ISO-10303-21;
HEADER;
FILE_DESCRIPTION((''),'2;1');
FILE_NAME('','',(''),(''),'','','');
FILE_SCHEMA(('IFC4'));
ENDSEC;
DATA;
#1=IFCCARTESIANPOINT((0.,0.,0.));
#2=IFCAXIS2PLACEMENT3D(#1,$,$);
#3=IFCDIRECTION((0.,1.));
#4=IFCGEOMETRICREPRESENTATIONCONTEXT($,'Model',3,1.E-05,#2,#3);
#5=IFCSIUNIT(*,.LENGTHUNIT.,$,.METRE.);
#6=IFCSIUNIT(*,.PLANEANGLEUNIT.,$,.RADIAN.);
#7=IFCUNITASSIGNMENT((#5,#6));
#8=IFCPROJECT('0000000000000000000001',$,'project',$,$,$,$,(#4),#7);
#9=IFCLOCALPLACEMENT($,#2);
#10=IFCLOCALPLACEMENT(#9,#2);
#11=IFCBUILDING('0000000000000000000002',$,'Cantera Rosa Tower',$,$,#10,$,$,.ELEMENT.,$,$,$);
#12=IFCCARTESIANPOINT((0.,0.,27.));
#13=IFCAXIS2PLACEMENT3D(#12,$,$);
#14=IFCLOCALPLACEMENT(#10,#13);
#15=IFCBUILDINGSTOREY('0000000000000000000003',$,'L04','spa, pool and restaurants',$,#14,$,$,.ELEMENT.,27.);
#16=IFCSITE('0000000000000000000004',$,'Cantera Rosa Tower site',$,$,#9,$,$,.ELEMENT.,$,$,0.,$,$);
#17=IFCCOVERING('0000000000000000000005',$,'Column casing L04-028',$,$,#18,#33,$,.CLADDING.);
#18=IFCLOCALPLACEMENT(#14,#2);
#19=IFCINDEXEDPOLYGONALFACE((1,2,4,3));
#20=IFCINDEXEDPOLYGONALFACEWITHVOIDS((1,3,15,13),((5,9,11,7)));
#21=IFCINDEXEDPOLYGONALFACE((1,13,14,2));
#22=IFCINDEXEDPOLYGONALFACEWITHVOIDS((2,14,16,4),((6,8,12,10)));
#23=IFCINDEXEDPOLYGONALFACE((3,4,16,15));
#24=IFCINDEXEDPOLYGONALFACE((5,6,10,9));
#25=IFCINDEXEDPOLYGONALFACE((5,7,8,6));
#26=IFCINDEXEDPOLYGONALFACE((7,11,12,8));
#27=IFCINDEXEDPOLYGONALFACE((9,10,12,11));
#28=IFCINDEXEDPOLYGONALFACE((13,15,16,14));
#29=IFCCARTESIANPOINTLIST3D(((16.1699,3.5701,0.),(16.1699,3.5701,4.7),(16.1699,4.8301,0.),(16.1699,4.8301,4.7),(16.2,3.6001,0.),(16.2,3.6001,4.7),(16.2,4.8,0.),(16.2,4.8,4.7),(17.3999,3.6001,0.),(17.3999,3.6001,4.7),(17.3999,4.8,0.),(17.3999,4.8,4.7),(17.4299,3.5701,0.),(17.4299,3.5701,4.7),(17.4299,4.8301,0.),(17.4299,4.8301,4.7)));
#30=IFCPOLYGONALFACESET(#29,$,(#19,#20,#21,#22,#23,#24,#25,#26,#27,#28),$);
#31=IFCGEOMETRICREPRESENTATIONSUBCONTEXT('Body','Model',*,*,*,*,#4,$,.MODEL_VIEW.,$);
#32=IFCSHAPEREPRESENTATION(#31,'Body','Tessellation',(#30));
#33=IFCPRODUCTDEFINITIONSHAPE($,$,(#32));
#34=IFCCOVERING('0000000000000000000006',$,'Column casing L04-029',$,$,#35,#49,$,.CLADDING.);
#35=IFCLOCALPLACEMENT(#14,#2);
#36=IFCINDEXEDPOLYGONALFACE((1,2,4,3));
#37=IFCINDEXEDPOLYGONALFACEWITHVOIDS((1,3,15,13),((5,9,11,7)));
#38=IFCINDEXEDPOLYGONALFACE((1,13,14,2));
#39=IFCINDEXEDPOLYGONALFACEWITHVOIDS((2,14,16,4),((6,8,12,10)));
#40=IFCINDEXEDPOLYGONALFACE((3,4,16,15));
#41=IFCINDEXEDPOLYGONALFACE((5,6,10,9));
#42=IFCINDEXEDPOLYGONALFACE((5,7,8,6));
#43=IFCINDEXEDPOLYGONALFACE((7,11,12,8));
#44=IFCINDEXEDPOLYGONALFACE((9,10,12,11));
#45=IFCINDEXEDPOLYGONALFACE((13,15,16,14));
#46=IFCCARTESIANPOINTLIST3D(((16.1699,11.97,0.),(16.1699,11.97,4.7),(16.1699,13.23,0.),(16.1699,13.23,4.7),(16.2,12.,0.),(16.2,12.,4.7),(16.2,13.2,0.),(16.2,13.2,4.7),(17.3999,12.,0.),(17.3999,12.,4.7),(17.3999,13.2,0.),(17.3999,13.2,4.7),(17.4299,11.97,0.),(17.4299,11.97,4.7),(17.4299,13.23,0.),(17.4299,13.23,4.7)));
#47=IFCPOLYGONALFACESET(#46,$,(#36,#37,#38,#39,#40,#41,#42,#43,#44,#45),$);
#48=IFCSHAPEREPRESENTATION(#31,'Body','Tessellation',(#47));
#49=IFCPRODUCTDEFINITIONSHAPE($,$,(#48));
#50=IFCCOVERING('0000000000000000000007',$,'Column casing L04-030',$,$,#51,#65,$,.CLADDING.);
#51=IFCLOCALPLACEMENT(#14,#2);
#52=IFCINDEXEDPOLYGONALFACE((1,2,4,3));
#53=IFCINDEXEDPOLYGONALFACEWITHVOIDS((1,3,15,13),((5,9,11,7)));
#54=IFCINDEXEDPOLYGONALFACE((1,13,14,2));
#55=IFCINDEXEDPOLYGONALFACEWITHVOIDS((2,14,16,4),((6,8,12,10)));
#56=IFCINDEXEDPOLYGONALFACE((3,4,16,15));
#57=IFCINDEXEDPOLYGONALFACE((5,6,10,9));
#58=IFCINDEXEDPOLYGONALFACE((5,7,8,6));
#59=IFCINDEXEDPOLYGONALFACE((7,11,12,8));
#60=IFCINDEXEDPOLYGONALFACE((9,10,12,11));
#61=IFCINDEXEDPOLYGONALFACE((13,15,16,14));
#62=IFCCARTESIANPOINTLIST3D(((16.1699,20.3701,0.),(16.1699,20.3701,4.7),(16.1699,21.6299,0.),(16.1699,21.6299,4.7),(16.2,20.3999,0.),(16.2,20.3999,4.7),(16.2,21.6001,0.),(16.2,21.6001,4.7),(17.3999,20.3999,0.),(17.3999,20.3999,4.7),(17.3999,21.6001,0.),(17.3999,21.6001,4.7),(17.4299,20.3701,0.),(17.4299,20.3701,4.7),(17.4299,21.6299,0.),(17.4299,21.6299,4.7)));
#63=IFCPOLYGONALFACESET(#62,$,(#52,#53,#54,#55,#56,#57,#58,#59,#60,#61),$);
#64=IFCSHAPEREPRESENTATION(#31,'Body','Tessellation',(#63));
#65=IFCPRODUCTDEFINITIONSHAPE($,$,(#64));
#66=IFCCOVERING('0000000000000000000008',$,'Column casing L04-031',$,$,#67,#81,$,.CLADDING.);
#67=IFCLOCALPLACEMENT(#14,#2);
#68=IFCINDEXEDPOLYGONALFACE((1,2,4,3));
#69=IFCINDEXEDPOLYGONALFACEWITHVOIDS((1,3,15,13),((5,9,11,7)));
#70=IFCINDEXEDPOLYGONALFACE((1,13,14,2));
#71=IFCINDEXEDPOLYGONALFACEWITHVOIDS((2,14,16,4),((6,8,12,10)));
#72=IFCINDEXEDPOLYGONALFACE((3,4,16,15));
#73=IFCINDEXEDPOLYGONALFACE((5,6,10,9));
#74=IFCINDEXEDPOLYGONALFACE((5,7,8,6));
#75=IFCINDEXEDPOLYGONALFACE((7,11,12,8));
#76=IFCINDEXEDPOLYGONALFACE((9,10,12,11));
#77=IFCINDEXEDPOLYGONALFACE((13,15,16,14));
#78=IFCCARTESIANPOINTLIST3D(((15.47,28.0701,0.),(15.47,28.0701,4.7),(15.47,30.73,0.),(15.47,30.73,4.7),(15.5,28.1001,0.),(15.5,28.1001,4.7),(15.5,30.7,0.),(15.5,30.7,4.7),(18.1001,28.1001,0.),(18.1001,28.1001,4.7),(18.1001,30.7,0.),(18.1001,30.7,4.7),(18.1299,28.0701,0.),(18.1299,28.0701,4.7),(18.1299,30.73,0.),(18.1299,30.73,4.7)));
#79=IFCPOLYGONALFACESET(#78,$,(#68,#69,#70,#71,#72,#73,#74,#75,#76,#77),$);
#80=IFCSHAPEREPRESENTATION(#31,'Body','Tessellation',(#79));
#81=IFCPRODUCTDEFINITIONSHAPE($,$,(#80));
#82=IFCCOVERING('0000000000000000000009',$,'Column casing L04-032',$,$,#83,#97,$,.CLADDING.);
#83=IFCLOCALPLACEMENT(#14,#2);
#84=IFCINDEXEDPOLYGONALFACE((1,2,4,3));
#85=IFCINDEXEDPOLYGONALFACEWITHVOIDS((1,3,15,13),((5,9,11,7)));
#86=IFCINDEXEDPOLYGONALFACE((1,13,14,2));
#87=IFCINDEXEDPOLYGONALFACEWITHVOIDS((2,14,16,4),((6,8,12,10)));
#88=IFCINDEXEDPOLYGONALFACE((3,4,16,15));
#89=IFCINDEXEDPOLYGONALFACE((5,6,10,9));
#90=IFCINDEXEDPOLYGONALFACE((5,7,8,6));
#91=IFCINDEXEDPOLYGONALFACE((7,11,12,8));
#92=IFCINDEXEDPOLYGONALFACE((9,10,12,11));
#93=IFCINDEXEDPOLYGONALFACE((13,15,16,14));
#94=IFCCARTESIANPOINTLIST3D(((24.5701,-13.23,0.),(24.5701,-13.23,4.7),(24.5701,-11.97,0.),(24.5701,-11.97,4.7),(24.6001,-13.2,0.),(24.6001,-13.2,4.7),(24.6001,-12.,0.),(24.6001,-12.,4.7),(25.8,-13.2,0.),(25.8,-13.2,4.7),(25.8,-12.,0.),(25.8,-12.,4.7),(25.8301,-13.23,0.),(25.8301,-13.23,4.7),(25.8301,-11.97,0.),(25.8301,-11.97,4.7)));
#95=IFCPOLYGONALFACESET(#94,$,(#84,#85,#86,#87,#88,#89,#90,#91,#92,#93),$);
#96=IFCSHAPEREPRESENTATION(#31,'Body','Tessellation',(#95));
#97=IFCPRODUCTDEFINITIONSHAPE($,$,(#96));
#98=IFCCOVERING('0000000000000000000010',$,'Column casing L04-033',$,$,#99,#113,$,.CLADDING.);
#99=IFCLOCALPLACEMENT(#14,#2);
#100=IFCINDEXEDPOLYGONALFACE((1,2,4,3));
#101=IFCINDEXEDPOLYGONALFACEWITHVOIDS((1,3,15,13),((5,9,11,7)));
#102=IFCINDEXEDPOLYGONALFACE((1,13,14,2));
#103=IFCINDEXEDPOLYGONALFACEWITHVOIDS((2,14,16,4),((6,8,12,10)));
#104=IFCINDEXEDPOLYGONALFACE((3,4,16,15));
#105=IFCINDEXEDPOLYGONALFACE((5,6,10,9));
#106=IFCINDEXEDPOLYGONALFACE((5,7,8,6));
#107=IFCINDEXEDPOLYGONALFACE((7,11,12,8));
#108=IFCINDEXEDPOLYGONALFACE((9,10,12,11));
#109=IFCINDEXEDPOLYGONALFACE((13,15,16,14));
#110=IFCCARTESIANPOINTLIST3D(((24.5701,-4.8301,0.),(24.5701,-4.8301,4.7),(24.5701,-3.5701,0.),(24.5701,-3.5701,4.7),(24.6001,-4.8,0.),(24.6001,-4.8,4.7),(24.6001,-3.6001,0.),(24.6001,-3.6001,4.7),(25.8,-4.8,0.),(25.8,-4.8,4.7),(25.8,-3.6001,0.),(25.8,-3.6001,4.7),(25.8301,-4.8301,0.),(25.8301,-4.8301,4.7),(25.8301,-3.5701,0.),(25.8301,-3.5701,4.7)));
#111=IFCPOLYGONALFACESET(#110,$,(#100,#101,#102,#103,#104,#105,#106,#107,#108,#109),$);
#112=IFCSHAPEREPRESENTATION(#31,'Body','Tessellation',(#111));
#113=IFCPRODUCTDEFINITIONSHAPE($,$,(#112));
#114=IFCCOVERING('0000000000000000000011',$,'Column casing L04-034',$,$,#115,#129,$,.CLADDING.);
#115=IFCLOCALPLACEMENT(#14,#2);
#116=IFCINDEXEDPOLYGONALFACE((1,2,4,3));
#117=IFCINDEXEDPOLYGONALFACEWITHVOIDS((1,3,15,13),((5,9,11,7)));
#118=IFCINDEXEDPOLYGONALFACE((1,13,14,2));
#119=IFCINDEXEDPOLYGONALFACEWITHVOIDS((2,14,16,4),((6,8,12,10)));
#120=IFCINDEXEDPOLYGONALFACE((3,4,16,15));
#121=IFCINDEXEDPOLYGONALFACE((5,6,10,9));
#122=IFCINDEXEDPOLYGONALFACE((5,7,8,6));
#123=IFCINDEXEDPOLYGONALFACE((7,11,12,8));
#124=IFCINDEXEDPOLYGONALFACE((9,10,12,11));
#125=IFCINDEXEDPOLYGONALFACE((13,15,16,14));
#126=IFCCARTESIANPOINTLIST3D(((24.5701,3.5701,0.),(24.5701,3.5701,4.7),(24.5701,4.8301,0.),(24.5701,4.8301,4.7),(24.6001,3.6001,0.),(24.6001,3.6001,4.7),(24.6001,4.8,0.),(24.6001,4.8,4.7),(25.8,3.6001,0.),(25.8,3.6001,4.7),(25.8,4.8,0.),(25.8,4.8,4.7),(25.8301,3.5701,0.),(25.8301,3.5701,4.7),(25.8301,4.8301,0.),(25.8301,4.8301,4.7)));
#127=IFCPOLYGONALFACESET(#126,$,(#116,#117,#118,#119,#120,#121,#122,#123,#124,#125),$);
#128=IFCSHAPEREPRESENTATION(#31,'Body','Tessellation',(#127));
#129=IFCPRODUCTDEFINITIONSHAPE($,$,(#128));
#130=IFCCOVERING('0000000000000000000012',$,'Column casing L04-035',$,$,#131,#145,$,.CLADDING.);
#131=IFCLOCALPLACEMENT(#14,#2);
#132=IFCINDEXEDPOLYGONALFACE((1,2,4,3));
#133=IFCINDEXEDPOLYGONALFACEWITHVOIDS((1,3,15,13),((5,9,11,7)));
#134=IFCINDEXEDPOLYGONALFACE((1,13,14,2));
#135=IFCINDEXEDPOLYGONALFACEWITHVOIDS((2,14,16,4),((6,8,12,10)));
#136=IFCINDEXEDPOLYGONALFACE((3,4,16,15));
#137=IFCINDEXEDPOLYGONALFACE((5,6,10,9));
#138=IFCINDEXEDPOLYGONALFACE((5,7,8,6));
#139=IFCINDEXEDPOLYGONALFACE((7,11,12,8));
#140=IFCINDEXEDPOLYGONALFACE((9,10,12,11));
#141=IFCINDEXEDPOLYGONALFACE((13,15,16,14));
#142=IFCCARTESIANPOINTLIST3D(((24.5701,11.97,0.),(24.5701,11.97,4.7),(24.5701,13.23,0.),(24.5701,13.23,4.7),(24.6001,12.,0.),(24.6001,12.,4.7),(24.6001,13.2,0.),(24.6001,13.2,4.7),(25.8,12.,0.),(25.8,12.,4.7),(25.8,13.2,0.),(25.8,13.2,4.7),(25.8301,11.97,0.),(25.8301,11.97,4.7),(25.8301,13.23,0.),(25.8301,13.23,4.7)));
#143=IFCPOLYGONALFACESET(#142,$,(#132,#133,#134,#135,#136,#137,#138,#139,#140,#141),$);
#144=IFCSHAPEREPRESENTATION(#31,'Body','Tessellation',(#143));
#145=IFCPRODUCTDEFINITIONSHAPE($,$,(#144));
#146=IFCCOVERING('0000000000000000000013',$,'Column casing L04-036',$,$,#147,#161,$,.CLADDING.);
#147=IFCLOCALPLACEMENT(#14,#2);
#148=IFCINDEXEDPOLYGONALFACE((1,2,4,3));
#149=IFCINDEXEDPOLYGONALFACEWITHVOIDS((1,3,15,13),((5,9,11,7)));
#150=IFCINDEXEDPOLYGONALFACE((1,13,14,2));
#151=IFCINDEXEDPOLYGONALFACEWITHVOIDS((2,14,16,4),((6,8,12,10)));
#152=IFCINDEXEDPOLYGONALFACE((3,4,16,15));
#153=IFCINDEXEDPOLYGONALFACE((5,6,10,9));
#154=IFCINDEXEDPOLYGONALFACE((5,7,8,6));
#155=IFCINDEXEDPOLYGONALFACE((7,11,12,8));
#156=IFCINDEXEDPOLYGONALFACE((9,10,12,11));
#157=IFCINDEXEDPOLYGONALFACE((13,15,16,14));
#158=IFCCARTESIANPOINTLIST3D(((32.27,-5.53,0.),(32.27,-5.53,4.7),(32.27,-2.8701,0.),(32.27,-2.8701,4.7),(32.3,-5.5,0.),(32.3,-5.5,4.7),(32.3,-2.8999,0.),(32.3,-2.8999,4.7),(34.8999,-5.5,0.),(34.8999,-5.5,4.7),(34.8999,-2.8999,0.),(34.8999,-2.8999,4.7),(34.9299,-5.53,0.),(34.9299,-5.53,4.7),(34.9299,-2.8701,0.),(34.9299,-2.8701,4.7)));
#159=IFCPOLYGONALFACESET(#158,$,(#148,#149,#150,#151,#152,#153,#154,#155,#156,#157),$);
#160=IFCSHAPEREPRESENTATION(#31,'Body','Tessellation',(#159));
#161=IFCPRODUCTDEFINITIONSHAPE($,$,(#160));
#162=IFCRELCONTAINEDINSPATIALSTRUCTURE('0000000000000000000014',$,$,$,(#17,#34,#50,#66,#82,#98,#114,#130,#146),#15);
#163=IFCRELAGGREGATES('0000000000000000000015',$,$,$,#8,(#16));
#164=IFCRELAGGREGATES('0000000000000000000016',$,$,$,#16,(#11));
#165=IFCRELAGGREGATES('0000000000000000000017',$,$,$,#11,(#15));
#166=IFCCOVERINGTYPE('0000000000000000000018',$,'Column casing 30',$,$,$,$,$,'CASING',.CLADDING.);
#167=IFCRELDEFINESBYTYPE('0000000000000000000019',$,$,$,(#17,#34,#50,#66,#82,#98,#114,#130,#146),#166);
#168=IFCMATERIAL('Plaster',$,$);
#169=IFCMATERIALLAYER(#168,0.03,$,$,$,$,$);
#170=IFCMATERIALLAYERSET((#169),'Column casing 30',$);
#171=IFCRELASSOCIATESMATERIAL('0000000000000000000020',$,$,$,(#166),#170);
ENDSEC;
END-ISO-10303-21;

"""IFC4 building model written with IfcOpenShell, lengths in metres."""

from ifc_helpers import new_model, si_unit, direction, frame, origin, place, context, subcontext, project, spatial, polyline, outline, extrude, material, layer, layer_set, type_object, element, save


model = new_model("IFC4")

# Units and contexts
model_context = context("Model", 3, precision=1e-05, world=origin(), true_north=direction((0.0, 1.0)))
body_context = subcontext(model_context, "Body", "Model", "MODEL_VIEW")
ifc_project = project(units=[si_unit("LENGTHUNIT", "METRE"), si_unit("PLANEANGLEUNIT", "RADIAN")], contexts=[model_context])

# Site, building, storey
site_placement = place(None, origin())
site = spatial("IfcSite", under=ifc_project, at=site_placement, Name="Cantera Rosa Tower site", CompositionType="ELEMENT", RefElevation=0.0)
building_placement = place(site_placement, origin())
building = spatial("IfcBuilding", under=site, at=building_placement, Name="Cantera Rosa Tower", CompositionType="ELEMENT")
storey_placement = place(building_placement, frame((0.0, 0.0, 27.0)))
storey = spatial("IfcBuildingStorey", under=building, at=storey_placement, Name="L04", Description="spa, pool and restaurants", CompositionType="ELEMENT", Elevation=27.0)

# Coverings
ifc_material_1 = material(Name="Plaster")
ifc_layer_1 = layer(ifc_material_1, 0.03)
ifc_layer_set_1 = layer_set([ifc_layer_1], Name="Column casing 30")
covering_type = type_object("IfcCoveringType", Name="Column casing 30", ElementType="CASING", PredefinedType="CLADDING", material=ifc_layer_set_1)
covering_1_placement = place(storey_placement, origin())
element("IfcCovering", 1, at=covering_1_placement, inside=storey, type_object=covering_type, Name="Column casing L04-028", PredefinedType="CLADDING", context=body_context, shape_type="SweptSolid", body=[
    extrude(outline(polyline([(16.1699, 3.5701), (17.4299, 3.5701), (17.4299, 4.8301), (16.1699, 4.8301), (16.1699, 3.5701)]), holes=[polyline([(17.3999, 4.8), (16.2, 4.8), (16.2, 3.6001), (17.3999, 3.6001), (17.3999, 4.8)])]), origin(), (0.0, 0.0, 1.0), 4.7),
])
covering_2_placement = place(storey_placement, origin())
element("IfcCovering", 2, at=covering_2_placement, inside=storey, type_object=covering_type, Name="Column casing L04-029", PredefinedType="CLADDING", context=body_context, shape_type="SweptSolid", body=[
    extrude(outline(polyline([(16.1699, 11.97), (17.4299, 11.97), (17.4299, 13.23), (16.1699, 13.23), (16.1699, 11.97)]), holes=[polyline([(17.3999, 13.2), (16.2, 13.2), (16.2, 12.0), (17.3999, 12.0), (17.3999, 13.2)])]), origin(), (0.0, 0.0, 1.0), 4.7),
])
covering_3_placement = place(storey_placement, origin())
element("IfcCovering", 3, at=covering_3_placement, inside=storey, type_object=covering_type, Name="Column casing L04-030", PredefinedType="CLADDING", context=body_context, shape_type="SweptSolid", body=[
    extrude(outline(polyline([(16.1699, 20.3701), (17.4299, 20.3701), (17.4299, 21.6299), (16.1699, 21.6299), (16.1699, 20.3701)]), holes=[polyline([(17.3999, 21.6001), (16.2, 21.6001), (16.2, 20.3999), (17.3999, 20.3999), (17.3999, 21.6001)])]), origin(), (0.0, 0.0, 1.0), 4.7),
])
covering_4_placement = place(storey_placement, origin())
element("IfcCovering", 4, at=covering_4_placement, inside=storey, type_object=covering_type, Name="Column casing L04-031", PredefinedType="CLADDING", context=body_context, shape_type="SweptSolid", body=[
    extrude(outline(polyline([(15.47, 28.0701), (18.1299, 28.0701), (18.1299, 30.73), (15.47, 30.73), (15.47, 28.0701)]), holes=[polyline([(18.1001, 30.7), (15.5, 30.7), (15.5, 28.1001), (18.1001, 28.1001), (18.1001, 30.7)])]), origin(), (0.0, 0.0, 1.0), 4.7),
])
covering_5_placement = place(storey_placement, origin())
element("IfcCovering", 5, at=covering_5_placement, inside=storey, type_object=covering_type, Name="Column casing L04-032", PredefinedType="CLADDING", context=body_context, shape_type="SweptSolid", body=[
    extrude(outline(polyline([(24.5701, -13.23), (25.8301, -13.23), (25.8301, -11.97), (24.5701, -11.97), (24.5701, -13.23)]), holes=[polyline([(25.8, -12.0), (24.6001, -12.0), (24.6001, -13.2), (25.8, -13.2), (25.8, -12.0)])]), origin(), (0.0, 0.0, 1.0), 4.7),
])
covering_6_placement = place(storey_placement, origin())
element("IfcCovering", 6, at=covering_6_placement, inside=storey, type_object=covering_type, Name="Column casing L04-033", PredefinedType="CLADDING", context=body_context, shape_type="SweptSolid", body=[
    extrude(outline(polyline([(24.5701, -4.8301), (25.8301, -4.8301), (25.8301, -3.5701), (24.5701, -3.5701), (24.5701, -4.8301)]), holes=[polyline([(25.8, -3.6001), (24.6001, -3.6001), (24.6001, -4.8), (25.8, -4.8), (25.8, -3.6001)])]), origin(), (0.0, 0.0, 1.0), 4.7),
])
covering_7_placement = place(storey_placement, origin())
element("IfcCovering", 7, at=covering_7_placement, inside=storey, type_object=covering_type, Name="Column casing L04-034", PredefinedType="CLADDING", context=body_context, shape_type="SweptSolid", body=[
    extrude(outline(polyline([(24.5701, 3.5701), (25.8301, 3.5701), (25.8301, 4.8301), (24.5701, 4.8301), (24.5701, 3.5701)]), holes=[polyline([(25.8, 4.8), (24.6001, 4.8), (24.6001, 3.6001), (25.8, 3.6001), (25.8, 4.8)])]), origin(), (0.0, 0.0, 1.0), 4.7),
])
covering_8_placement = place(storey_placement, origin())
element("IfcCovering", 8, at=covering_8_placement, inside=storey, type_object=covering_type, Name="Column casing L04-035", PredefinedType="CLADDING", context=body_context, shape_type="SweptSolid", body=[
    extrude(outline(polyline([(24.5701, 11.97), (25.8301, 11.97), (25.8301, 13.23), (24.5701, 13.23), (24.5701, 11.97)]), holes=[polyline([(25.8, 13.2), (24.6001, 13.2), (24.6001, 12.0), (25.8, 12.0), (25.8, 13.2)])]), origin(), (0.0, 0.0, 1.0), 4.7),
])
covering_9_placement = place(storey_placement, origin())
element("IfcCovering", 9, at=covering_9_placement, inside=storey, type_object=covering_type, Name="Column casing L04-036", PredefinedType="CLADDING", context=body_context, shape_type="SweptSolid", body=[
    extrude(outline(polyline([(32.27, -5.53), (34.9299, -5.53), (34.9299, -2.8701), (32.27, -2.8701), (32.27, -5.53)]), holes=[polyline([(34.8999, -2.8999), (32.3, -2.8999), (32.3, -5.5), (34.8999, -5.5), (34.8999, -2.8999)])]), origin(), (0.0, 0.0, 1.0), 4.7),
])

save(model, "model.ifc")
